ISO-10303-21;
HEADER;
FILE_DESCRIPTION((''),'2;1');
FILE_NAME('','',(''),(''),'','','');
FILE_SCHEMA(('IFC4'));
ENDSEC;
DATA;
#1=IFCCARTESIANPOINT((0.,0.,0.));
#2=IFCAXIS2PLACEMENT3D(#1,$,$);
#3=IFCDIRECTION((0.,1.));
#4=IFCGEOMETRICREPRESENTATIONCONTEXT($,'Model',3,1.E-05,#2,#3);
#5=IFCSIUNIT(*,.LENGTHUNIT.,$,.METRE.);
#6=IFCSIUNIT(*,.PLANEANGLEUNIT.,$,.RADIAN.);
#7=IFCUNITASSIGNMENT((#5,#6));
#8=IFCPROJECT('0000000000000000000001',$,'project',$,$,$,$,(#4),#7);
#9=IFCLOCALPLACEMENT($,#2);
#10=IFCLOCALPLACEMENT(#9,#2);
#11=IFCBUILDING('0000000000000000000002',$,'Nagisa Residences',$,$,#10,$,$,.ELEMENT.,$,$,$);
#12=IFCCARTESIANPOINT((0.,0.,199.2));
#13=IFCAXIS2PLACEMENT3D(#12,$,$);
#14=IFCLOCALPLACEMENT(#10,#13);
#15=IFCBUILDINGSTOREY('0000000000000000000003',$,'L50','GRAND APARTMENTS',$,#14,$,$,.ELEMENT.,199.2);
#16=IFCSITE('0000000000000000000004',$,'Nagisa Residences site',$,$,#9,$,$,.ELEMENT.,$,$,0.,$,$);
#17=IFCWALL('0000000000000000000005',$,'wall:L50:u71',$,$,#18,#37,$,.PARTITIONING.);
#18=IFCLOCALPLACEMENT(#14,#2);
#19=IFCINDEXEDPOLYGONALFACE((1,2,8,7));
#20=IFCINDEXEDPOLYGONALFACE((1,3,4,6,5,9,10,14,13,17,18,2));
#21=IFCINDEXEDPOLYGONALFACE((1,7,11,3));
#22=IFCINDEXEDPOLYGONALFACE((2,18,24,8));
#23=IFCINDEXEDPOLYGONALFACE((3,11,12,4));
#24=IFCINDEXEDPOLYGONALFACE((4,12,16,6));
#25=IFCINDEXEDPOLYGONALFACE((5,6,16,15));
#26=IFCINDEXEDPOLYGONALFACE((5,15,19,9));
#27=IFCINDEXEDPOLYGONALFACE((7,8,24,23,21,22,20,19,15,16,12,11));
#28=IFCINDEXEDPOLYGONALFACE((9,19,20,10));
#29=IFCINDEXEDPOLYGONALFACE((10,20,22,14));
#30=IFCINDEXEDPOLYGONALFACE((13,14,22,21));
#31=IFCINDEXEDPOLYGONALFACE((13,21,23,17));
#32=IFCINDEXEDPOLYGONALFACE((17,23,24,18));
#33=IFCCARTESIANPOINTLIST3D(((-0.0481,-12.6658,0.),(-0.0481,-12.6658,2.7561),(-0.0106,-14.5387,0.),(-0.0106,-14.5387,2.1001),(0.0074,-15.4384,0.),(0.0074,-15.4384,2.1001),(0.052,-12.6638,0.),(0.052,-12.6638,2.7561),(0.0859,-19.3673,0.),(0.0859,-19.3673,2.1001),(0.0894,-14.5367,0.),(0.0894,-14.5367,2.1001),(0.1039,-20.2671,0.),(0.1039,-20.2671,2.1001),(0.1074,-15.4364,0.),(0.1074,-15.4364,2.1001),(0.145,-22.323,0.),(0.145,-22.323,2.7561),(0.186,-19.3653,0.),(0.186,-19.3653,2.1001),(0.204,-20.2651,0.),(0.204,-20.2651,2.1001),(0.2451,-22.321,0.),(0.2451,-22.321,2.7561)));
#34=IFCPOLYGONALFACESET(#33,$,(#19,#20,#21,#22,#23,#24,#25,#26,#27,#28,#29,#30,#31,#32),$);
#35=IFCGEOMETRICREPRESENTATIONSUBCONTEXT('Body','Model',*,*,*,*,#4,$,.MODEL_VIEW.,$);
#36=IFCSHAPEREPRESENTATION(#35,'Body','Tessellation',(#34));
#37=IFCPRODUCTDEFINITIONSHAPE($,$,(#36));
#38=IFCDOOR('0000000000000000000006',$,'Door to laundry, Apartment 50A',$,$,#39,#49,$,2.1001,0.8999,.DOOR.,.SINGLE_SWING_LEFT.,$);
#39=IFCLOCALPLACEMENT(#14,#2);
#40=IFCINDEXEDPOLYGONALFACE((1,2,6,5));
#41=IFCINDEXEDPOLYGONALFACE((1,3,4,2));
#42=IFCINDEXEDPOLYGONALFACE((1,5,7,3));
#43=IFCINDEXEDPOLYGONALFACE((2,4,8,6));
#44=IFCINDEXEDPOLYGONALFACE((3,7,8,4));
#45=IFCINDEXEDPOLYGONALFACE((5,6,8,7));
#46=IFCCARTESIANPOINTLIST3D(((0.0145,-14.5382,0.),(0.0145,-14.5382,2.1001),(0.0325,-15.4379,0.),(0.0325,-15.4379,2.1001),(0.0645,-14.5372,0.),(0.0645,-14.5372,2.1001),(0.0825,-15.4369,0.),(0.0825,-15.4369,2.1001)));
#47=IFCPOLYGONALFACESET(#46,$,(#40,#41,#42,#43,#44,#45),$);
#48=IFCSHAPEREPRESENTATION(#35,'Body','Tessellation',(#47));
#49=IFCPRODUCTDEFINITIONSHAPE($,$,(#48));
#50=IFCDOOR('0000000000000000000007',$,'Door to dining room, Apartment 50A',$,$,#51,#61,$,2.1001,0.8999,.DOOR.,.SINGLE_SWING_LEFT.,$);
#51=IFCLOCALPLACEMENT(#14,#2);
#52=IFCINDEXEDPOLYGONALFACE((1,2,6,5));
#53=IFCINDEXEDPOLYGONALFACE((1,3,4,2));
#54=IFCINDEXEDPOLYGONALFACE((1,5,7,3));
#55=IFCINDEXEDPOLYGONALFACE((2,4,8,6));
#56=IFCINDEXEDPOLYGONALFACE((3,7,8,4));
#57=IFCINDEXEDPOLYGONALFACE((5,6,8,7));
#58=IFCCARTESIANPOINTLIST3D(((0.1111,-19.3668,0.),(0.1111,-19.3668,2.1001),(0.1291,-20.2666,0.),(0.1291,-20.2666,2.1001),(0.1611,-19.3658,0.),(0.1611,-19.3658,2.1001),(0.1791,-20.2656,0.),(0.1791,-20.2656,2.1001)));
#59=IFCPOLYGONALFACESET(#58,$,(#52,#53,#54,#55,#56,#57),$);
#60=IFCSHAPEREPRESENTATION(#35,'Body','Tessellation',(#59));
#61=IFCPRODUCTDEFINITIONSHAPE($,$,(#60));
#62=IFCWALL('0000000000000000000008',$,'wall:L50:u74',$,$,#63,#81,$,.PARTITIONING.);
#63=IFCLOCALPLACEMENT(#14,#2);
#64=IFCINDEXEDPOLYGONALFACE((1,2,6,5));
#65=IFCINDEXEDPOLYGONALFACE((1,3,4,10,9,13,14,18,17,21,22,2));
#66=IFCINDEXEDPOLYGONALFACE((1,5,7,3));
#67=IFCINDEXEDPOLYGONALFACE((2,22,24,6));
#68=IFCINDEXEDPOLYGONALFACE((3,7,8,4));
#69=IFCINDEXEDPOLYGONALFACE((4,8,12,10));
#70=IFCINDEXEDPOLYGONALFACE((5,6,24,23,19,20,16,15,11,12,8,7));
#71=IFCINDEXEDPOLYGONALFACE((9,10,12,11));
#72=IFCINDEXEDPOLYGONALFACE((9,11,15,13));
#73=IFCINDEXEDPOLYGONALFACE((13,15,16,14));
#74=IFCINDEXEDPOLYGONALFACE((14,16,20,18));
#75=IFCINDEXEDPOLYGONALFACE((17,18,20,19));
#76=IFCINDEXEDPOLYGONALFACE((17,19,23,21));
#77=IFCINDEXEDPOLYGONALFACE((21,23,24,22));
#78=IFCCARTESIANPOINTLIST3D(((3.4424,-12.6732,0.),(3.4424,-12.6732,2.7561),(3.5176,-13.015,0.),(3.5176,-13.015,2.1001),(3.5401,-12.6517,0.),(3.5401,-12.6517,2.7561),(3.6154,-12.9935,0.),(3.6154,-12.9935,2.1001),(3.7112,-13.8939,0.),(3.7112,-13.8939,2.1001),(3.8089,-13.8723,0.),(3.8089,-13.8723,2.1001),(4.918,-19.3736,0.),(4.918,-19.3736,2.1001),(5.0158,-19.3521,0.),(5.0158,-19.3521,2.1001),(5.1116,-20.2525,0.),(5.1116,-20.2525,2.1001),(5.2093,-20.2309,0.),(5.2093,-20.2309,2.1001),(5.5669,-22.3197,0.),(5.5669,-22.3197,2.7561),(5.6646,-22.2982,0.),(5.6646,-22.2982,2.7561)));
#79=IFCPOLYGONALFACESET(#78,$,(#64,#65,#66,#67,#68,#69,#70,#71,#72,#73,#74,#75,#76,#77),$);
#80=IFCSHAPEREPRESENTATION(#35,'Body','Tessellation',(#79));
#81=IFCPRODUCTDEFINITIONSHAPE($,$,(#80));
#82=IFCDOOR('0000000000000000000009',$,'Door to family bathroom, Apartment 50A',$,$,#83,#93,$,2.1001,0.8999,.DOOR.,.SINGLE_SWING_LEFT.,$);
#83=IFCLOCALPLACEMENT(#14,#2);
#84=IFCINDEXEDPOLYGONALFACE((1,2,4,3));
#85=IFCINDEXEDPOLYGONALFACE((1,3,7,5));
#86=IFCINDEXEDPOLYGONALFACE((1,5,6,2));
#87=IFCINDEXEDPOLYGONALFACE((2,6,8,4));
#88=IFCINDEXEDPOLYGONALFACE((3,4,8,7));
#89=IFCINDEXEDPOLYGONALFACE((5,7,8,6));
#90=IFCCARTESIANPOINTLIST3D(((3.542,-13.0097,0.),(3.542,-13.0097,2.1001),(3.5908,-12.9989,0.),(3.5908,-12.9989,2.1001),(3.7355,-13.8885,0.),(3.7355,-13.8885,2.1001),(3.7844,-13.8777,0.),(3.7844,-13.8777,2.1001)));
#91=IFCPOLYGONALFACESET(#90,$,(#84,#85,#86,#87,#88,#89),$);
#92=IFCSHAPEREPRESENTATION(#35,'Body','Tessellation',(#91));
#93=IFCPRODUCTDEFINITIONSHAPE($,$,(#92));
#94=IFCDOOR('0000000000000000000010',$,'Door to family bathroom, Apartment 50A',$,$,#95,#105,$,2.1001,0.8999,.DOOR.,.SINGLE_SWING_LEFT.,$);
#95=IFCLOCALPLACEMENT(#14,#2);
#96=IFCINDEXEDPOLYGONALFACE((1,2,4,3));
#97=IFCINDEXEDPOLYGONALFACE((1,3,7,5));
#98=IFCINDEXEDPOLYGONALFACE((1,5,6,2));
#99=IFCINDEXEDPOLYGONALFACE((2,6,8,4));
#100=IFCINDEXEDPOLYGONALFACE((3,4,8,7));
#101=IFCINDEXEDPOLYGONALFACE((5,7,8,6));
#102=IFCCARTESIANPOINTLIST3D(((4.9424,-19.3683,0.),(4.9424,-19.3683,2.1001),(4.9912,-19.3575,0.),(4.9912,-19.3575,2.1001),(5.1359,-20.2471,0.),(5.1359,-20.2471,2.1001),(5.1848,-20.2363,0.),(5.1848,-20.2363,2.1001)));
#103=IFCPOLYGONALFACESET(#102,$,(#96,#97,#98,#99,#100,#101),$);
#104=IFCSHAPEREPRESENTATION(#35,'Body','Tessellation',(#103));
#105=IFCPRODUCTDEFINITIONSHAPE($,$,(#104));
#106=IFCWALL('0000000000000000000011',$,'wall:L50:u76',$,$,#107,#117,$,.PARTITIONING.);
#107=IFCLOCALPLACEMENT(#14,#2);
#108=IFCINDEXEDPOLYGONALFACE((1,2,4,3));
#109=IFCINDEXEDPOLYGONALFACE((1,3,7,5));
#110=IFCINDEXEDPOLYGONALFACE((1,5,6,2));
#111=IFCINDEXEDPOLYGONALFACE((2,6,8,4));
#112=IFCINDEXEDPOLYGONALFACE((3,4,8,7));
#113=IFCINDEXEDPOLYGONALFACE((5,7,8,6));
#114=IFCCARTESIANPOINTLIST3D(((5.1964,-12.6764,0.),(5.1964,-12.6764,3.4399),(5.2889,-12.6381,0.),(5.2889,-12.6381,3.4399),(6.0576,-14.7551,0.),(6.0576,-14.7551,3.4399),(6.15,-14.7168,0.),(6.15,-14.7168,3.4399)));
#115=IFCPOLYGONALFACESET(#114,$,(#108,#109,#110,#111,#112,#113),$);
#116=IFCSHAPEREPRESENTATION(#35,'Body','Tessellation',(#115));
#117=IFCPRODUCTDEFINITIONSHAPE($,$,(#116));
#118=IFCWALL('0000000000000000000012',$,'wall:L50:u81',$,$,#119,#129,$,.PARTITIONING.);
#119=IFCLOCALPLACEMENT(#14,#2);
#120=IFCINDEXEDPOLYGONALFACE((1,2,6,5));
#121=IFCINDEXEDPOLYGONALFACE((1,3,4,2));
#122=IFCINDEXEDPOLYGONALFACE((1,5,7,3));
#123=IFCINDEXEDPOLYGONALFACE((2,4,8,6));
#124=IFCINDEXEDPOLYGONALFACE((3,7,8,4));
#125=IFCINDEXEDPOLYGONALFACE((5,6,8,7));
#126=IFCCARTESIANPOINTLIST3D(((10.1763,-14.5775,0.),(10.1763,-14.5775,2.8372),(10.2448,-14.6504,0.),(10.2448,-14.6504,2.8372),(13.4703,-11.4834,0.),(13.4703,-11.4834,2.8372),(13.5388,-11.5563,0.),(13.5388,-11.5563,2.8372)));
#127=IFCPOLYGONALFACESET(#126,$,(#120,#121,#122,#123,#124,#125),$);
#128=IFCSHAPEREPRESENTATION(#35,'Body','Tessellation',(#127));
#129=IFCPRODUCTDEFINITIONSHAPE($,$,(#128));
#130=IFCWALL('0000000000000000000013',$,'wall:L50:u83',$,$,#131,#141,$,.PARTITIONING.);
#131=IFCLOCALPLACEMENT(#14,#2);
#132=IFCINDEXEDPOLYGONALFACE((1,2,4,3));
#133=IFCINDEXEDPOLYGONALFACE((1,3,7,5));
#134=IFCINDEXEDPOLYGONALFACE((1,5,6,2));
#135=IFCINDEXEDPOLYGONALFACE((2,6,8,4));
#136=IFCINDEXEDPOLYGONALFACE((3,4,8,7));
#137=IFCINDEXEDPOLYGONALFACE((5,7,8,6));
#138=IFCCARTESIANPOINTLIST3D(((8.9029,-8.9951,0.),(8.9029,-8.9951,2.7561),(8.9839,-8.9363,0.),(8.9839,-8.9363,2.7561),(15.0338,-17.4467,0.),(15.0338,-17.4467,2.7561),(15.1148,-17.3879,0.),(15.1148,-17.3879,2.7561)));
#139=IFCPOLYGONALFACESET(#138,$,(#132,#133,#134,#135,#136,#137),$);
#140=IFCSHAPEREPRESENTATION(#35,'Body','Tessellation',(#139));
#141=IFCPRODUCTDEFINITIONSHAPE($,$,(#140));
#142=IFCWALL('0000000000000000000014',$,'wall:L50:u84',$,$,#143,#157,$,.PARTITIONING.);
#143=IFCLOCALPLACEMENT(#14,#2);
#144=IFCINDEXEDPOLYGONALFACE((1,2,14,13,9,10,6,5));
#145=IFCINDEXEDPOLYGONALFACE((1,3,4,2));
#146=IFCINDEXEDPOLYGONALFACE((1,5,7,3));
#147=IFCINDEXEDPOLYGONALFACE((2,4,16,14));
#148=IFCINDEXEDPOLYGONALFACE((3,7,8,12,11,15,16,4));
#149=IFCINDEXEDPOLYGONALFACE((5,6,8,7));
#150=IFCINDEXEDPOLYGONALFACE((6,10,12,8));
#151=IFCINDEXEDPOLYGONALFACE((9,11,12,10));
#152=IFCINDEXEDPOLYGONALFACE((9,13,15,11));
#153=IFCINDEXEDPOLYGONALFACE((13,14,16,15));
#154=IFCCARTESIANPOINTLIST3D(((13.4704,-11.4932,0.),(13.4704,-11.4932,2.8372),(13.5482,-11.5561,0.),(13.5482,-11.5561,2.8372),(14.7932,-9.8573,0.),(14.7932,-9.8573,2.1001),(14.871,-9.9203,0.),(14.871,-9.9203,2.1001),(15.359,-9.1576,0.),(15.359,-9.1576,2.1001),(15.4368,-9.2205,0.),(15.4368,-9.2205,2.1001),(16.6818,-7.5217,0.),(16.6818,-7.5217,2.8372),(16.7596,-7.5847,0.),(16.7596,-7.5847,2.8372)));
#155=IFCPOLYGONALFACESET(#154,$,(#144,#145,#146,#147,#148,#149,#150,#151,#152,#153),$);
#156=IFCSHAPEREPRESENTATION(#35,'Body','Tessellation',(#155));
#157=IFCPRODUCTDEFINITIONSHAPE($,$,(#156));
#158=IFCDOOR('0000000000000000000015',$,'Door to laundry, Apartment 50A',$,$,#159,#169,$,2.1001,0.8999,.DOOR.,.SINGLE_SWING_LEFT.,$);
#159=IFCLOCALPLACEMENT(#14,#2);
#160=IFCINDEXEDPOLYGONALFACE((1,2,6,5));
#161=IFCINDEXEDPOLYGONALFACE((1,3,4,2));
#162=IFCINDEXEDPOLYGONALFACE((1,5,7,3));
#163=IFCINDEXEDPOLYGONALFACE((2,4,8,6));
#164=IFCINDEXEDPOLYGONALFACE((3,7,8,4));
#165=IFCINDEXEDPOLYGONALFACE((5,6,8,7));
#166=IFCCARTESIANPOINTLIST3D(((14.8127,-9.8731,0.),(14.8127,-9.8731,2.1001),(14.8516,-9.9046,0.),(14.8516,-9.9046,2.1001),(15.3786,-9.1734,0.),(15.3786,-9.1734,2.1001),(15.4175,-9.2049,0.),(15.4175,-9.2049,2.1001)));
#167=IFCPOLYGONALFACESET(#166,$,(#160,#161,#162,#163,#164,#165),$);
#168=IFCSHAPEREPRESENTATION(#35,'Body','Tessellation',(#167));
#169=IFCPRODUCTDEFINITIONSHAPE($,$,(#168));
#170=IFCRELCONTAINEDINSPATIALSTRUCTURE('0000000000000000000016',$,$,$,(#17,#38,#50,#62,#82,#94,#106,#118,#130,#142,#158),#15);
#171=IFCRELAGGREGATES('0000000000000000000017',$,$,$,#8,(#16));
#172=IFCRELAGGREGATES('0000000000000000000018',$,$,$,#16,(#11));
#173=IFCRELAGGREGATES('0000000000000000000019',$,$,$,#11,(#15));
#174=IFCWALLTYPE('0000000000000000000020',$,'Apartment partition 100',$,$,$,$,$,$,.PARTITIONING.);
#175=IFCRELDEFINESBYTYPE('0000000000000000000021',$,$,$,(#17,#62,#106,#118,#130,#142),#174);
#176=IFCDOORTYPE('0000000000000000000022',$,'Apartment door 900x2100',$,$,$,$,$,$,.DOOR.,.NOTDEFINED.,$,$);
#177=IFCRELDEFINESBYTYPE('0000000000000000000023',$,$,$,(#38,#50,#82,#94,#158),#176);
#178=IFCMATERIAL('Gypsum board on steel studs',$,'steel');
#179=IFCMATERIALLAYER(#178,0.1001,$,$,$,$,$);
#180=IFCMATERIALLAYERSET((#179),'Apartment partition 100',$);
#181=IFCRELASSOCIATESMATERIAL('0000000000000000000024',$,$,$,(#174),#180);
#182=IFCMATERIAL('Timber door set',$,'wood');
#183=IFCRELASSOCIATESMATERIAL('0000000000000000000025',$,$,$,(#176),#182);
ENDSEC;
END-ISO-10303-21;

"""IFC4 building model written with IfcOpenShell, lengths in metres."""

from ifc_helpers import new_model, si_unit, direction, frame, frame_2d, origin, place, context, subcontext, project, spatial, rectangle, extrude, material, layer, layer_set, type_object, element, fill, save


model = new_model("IFC4")

# Units and contexts
model_context = context("Model", 3, precision=1e-05, world=origin(), true_north=direction((0.0, 1.0)))
body_context = subcontext(model_context, "Body", "Model", "MODEL_VIEW")
ifc_project = project(units=[si_unit("LENGTHUNIT", "METRE"), si_unit("PLANEANGLEUNIT", "RADIAN")], contexts=[model_context])

# Site, building, storey
site_placement = place(None, origin())
site = spatial("IfcSite", under=ifc_project, at=site_placement, Name="Nagisa Residences site", CompositionType="ELEMENT", RefElevation=0.0)
building_placement = place(site_placement, origin())
building = spatial("IfcBuilding", under=site, at=building_placement, Name="Nagisa Residences", CompositionType="ELEMENT")
storey_placement = place(building_placement, frame((0.0, 0.0, 199.2)))
storey = spatial("IfcBuildingStorey", under=building, at=storey_placement, Name="L50", Description="GRAND APARTMENTS", CompositionType="ELEMENT", Elevation=199.2)

# Walls, openings, doors
ifc_material_1 = material(Name="Gypsum board on steel studs", Category="steel")
ifc_layer_1 = layer(ifc_material_1, 0.1001)
ifc_layer_set_1 = layer_set([ifc_layer_1], Name="Apartment partition 100")
wall_type_1 = type_object("IfcWallType", Name="Apartment partition 100", PredefinedType="PARTITIONING", material=ifc_layer_set_1)
wall_1_placement = place(storey_placement, frame((0.002, -12.6648, 0.0), z_axis=(0.0, 0.0, 1.0), x_axis=(0.019993, -0.9998, 0.0)))
wall_1 = element("IfcWall", 1, at=wall_1_placement, inside=storey, type_object=wall_type_1, Name="wall:L50:u71", PredefinedType="PARTITIONING", context=body_context, shape_type="SweptSolid", body=[
    extrude(rectangle(XDim=9.6592, YDim=0.1001, at=frame_2d((4.8296, 0.0))), origin(), (0.0, 0.0, 1.0), 2.7561),
])
opening_1_placement = place(wall_1_placement, frame((1.8733, 0.0, 0.0)))
opening_1 = element("IfcOpeningElement", 2, at=opening_1_placement, cuts=wall_1, PredefinedType="OPENING", context=body_context, shape_type="SweptSolid", body=[
    extrude(rectangle(XDim=0.8999, YDim=2.1001, at=frame_2d((0.45, 1.05))), frame((0.0, 0.0601, 0.0), z_axis=(0.0, -1.0, 0.0), x_axis=(1.0, 0.0, 0.0)), (0.0, 0.0, 1.0), 0.1201),
])
opening_2_placement = place(wall_1_placement, frame((6.7029, 0.0, 0.0)))
opening_2 = element("IfcOpeningElement", 3, at=opening_2_placement, cuts=wall_1, PredefinedType="OPENING", context=body_context, shape_type="SweptSolid", body=[
    extrude(rectangle(XDim=0.8999, YDim=2.1001, at=frame_2d((0.45, 1.05))), frame((0.0, 0.0601, 0.0), z_axis=(0.0, -1.0, 0.0), x_axis=(1.0, 0.0, 0.0)), (0.0, 0.0, 1.0), 0.1201),
])
ifc_material_2 = material(Name="Timber door set", Category="wood")
door_type_1 = type_object("IfcDoorType", Name="Apartment door 900x2100", OperationType="NOTDEFINED", PredefinedType="DOOR", material=ifc_material_2)
door_1_placement = place(opening_1_placement, frame((0.8999, 0.0, 0.0), x_axis=(-1.0, 0.0, 0.0)))
door_1 = element("IfcDoor", 4, at=door_1_placement, inside=storey, type_object=door_type_1, Name="Door to laundry, Apartment 50A", OperationType="SINGLE_SWING_LEFT", OverallHeight=2.1001, OverallWidth=0.8999, PredefinedType="DOOR", context=body_context, shape_type="SweptSolid", body=[
    extrude(rectangle(XDim=0.8999, YDim=2.1001, at=frame_2d((0.45, 1.05))), frame((0.0, 0.0249, 0.0), z_axis=(0.0, -1.0, 0.0), x_axis=(1.0, 0.0, 0.0)), (0.0, 0.0, 1.0), 0.05),
])
fill(opening_1, door_1)
door_2_placement = place(opening_2_placement, frame((0.8999, 0.0, 0.0), x_axis=(-1.0, 0.0, 0.0)))
door_2 = element("IfcDoor", 5, at=door_2_placement, inside=storey, type_object=door_type_1, Name="Door to dining room, Apartment 50A", OperationType="SINGLE_SWING_LEFT", OverallHeight=2.1001, OverallWidth=0.8999, PredefinedType="DOOR", context=body_context, shape_type="SweptSolid", body=[
    extrude(rectangle(XDim=0.8999, YDim=2.1001, at=frame_2d((0.45, 1.05))), frame((0.0, 0.0249, 0.0), z_axis=(0.0, -1.0, 0.0), x_axis=(1.0, 0.0, 0.0)), (0.0, 0.0, 1.0), 0.05),
])
fill(opening_2, door_2)
wall_2_placement = place(storey_placement, frame((3.4912, -12.6624, 0.0), z_axis=(0.0, 0.0, 1.0), x_axis=(0.215082, -0.976596, 0.0)))
wall_2 = element("IfcWall", 6, at=wall_2_placement, inside=storey, type_object=wall_type_1, Name="wall:L50:u74", PredefinedType="PARTITIONING", context=body_context, shape_type="SweptSolid", body=[
    extrude(rectangle(XDim=9.8777, YDim=0.1001, at=frame_2d((4.939, 0.0))), origin(), (0.0, 0.0, 1.0), 2.7561),
])
opening_3_placement = place(wall_2_placement, frame((0.3501, 0.0, 0.0)))
opening_3 = element("IfcOpeningElement", 7, at=opening_3_placement, cuts=wall_2, PredefinedType="OPENING", context=body_context, shape_type="SweptSolid", body=[
    extrude(rectangle(XDim=0.8999, YDim=2.1001, at=frame_2d((0.45, 1.05))), frame((0.0, 0.0601, 0.0), z_axis=(0.0, -1.0, 0.0), x_axis=(1.0, 0.0, 0.0)), (0.0, 0.0, 1.0), 0.1201),
])
opening_4_placement = place(wall_2_placement, frame((6.8611, 0.0, 0.0)))
opening_4 = element("IfcOpeningElement", 8, at=opening_4_placement, cuts=wall_2, PredefinedType="OPENING", context=body_context, shape_type="SweptSolid", body=[
    extrude(rectangle(XDim=0.8999, YDim=2.1001, at=frame_2d((0.45, 1.05))), frame((0.0, 0.0601, 0.0), z_axis=(0.0, -1.0, 0.0), x_axis=(1.0, 0.0, 0.0)), (0.0, 0.0, 1.0), 0.1201),
])
door_3_placement = place(opening_3_placement, origin())
door_3 = element("IfcDoor", 9, at=door_3_placement, inside=storey, type_object=door_type_1, Name="Door to family bathroom, Apartment 50A", OperationType="SINGLE_SWING_LEFT", OverallHeight=2.1001, OverallWidth=0.8999, PredefinedType="DOOR", context=body_context, shape_type="SweptSolid", body=[
    extrude(rectangle(XDim=0.8999, YDim=2.1001, at=frame_2d((0.45, 1.05))), frame((0.0, 0.0249, 0.0), z_axis=(0.0, -1.0, 0.0), x_axis=(1.0, 0.0, 0.0)), (0.0, 0.0, 1.0), 0.05),
])
fill(opening_3, door_3)
door_4_placement = place(opening_4_placement, origin())
door_4 = element("IfcDoor", 10, at=door_4_placement, inside=storey, type_object=door_type_1, Name="Door to family bathroom, Apartment 50A", OperationType="SINGLE_SWING_LEFT", OverallHeight=2.1001, OverallWidth=0.8999, PredefinedType="DOOR", context=body_context, shape_type="SweptSolid", body=[
    extrude(rectangle(XDim=0.8999, YDim=2.1001, at=frame_2d((0.45, 1.05))), frame((0.0, 0.0249, 0.0), z_axis=(0.0, -1.0, 0.0), x_axis=(1.0, 0.0, 0.0)), (0.0, 0.0, 1.0), 0.05),
])
fill(opening_4, door_4)

# Walls
wall_3_placement = place(storey_placement, frame((5.2427, -12.6572, 0.0), z_axis=(0.0, 0.0, 1.0), x_axis=(0.382719, -0.923865, 0.0)))
element("IfcWall", 11, at=wall_3_placement, inside=storey, type_object=wall_type_1, Name="wall:L50:u76", PredefinedType="PARTITIONING", context=body_context, shape_type="SweptSolid", body=[
    extrude(rectangle(XDim=2.25, YDim=0.1001, at=frame_2d((1.125, 0.0))), origin(), (0.0, 0.0, 1.0), 3.4399),
])
wall_4_placement = place(storey_placement, frame((10.2104, -14.614, 0.0), z_axis=(0.0, 0.0, 1.0), x_axis=(0.728883, 0.684638, 0.0)))
element("IfcWall", 12, at=wall_4_placement, inside=storey, type_object=wall_type_1, Name="wall:L50:u81", PredefinedType="PARTITIONING", context=body_context, shape_type="SweptSolid", body=[
    extrude(rectangle(XDim=4.5193, YDim=0.1001, at=frame_2d((2.2598, 0.0))), origin(), (0.0, 0.0, 1.0), 2.8372),
])
wall_5_placement = place(storey_placement, frame((8.9434, -8.9656, 0.0), z_axis=(0.0, 0.0, 1.0), x_axis=(0.587181, -0.809455, 0.0)))
element("IfcWall", 13, at=wall_5_placement, inside=storey, type_object=wall_type_1, Name="wall:L50:u83", PredefinedType="PARTITIONING", context=body_context, shape_type="SweptSolid", body=[
    extrude(rectangle(XDim=10.4412, YDim=0.1001, at=frame_2d((5.2207, 0.0))), origin(), (0.0, 0.0, 1.0), 2.7561),
])

# Wall, opening, door
wall_6_placement = place(storey_placement, frame((13.5093, -11.5247, 0.0), z_axis=(0.0, 0.0, 1.0), x_axis=(0.628779, 0.777584, 0.0)))
wall_6 = element("IfcWall", 14, at=wall_6_placement, inside=storey, type_object=wall_type_1, Name="wall:L50:u84", PredefinedType="PARTITIONING", context=body_context, shape_type="SweptSolid", body=[
    extrude(rectangle(XDim=5.1074, YDim=0.1001, at=frame_2d((2.5537, 0.0))), origin(), (0.0, 0.0, 1.0), 2.8372),
])
opening_5_placement = place(wall_6_placement, frame((2.1038, 0.0, 0.0)))
opening_5 = element("IfcOpeningElement", 15, at=opening_5_placement, cuts=wall_6, PredefinedType="OPENING", context=body_context, shape_type="SweptSolid", body=[
    extrude(rectangle(XDim=0.8999, YDim=2.1001, at=frame_2d((0.45, 1.05))), frame((0.0, 0.0601, 0.0), z_axis=(0.0, -1.0, 0.0), x_axis=(1.0, 0.0, 0.0)), (0.0, 0.0, 1.0), 0.1201),
])
door_5_placement = place(opening_5_placement, origin())
door_5 = element("IfcDoor", 16, at=door_5_placement, inside=storey, type_object=door_type_1, Name="Door to laundry, Apartment 50A", OperationType="SINGLE_SWING_LEFT", OverallHeight=2.1001, OverallWidth=0.8999, PredefinedType="DOOR", context=body_context, shape_type="SweptSolid", body=[
    extrude(rectangle(XDim=0.8999, YDim=2.1001, at=frame_2d((0.45, 1.05))), frame((0.0, 0.0249, 0.0), z_axis=(0.0, -1.0, 0.0), x_axis=(1.0, 0.0, 0.0)), (0.0, 0.0, 1.0), 0.05),
])
fill(opening_5, door_5)

save(model, "model.ifc")
